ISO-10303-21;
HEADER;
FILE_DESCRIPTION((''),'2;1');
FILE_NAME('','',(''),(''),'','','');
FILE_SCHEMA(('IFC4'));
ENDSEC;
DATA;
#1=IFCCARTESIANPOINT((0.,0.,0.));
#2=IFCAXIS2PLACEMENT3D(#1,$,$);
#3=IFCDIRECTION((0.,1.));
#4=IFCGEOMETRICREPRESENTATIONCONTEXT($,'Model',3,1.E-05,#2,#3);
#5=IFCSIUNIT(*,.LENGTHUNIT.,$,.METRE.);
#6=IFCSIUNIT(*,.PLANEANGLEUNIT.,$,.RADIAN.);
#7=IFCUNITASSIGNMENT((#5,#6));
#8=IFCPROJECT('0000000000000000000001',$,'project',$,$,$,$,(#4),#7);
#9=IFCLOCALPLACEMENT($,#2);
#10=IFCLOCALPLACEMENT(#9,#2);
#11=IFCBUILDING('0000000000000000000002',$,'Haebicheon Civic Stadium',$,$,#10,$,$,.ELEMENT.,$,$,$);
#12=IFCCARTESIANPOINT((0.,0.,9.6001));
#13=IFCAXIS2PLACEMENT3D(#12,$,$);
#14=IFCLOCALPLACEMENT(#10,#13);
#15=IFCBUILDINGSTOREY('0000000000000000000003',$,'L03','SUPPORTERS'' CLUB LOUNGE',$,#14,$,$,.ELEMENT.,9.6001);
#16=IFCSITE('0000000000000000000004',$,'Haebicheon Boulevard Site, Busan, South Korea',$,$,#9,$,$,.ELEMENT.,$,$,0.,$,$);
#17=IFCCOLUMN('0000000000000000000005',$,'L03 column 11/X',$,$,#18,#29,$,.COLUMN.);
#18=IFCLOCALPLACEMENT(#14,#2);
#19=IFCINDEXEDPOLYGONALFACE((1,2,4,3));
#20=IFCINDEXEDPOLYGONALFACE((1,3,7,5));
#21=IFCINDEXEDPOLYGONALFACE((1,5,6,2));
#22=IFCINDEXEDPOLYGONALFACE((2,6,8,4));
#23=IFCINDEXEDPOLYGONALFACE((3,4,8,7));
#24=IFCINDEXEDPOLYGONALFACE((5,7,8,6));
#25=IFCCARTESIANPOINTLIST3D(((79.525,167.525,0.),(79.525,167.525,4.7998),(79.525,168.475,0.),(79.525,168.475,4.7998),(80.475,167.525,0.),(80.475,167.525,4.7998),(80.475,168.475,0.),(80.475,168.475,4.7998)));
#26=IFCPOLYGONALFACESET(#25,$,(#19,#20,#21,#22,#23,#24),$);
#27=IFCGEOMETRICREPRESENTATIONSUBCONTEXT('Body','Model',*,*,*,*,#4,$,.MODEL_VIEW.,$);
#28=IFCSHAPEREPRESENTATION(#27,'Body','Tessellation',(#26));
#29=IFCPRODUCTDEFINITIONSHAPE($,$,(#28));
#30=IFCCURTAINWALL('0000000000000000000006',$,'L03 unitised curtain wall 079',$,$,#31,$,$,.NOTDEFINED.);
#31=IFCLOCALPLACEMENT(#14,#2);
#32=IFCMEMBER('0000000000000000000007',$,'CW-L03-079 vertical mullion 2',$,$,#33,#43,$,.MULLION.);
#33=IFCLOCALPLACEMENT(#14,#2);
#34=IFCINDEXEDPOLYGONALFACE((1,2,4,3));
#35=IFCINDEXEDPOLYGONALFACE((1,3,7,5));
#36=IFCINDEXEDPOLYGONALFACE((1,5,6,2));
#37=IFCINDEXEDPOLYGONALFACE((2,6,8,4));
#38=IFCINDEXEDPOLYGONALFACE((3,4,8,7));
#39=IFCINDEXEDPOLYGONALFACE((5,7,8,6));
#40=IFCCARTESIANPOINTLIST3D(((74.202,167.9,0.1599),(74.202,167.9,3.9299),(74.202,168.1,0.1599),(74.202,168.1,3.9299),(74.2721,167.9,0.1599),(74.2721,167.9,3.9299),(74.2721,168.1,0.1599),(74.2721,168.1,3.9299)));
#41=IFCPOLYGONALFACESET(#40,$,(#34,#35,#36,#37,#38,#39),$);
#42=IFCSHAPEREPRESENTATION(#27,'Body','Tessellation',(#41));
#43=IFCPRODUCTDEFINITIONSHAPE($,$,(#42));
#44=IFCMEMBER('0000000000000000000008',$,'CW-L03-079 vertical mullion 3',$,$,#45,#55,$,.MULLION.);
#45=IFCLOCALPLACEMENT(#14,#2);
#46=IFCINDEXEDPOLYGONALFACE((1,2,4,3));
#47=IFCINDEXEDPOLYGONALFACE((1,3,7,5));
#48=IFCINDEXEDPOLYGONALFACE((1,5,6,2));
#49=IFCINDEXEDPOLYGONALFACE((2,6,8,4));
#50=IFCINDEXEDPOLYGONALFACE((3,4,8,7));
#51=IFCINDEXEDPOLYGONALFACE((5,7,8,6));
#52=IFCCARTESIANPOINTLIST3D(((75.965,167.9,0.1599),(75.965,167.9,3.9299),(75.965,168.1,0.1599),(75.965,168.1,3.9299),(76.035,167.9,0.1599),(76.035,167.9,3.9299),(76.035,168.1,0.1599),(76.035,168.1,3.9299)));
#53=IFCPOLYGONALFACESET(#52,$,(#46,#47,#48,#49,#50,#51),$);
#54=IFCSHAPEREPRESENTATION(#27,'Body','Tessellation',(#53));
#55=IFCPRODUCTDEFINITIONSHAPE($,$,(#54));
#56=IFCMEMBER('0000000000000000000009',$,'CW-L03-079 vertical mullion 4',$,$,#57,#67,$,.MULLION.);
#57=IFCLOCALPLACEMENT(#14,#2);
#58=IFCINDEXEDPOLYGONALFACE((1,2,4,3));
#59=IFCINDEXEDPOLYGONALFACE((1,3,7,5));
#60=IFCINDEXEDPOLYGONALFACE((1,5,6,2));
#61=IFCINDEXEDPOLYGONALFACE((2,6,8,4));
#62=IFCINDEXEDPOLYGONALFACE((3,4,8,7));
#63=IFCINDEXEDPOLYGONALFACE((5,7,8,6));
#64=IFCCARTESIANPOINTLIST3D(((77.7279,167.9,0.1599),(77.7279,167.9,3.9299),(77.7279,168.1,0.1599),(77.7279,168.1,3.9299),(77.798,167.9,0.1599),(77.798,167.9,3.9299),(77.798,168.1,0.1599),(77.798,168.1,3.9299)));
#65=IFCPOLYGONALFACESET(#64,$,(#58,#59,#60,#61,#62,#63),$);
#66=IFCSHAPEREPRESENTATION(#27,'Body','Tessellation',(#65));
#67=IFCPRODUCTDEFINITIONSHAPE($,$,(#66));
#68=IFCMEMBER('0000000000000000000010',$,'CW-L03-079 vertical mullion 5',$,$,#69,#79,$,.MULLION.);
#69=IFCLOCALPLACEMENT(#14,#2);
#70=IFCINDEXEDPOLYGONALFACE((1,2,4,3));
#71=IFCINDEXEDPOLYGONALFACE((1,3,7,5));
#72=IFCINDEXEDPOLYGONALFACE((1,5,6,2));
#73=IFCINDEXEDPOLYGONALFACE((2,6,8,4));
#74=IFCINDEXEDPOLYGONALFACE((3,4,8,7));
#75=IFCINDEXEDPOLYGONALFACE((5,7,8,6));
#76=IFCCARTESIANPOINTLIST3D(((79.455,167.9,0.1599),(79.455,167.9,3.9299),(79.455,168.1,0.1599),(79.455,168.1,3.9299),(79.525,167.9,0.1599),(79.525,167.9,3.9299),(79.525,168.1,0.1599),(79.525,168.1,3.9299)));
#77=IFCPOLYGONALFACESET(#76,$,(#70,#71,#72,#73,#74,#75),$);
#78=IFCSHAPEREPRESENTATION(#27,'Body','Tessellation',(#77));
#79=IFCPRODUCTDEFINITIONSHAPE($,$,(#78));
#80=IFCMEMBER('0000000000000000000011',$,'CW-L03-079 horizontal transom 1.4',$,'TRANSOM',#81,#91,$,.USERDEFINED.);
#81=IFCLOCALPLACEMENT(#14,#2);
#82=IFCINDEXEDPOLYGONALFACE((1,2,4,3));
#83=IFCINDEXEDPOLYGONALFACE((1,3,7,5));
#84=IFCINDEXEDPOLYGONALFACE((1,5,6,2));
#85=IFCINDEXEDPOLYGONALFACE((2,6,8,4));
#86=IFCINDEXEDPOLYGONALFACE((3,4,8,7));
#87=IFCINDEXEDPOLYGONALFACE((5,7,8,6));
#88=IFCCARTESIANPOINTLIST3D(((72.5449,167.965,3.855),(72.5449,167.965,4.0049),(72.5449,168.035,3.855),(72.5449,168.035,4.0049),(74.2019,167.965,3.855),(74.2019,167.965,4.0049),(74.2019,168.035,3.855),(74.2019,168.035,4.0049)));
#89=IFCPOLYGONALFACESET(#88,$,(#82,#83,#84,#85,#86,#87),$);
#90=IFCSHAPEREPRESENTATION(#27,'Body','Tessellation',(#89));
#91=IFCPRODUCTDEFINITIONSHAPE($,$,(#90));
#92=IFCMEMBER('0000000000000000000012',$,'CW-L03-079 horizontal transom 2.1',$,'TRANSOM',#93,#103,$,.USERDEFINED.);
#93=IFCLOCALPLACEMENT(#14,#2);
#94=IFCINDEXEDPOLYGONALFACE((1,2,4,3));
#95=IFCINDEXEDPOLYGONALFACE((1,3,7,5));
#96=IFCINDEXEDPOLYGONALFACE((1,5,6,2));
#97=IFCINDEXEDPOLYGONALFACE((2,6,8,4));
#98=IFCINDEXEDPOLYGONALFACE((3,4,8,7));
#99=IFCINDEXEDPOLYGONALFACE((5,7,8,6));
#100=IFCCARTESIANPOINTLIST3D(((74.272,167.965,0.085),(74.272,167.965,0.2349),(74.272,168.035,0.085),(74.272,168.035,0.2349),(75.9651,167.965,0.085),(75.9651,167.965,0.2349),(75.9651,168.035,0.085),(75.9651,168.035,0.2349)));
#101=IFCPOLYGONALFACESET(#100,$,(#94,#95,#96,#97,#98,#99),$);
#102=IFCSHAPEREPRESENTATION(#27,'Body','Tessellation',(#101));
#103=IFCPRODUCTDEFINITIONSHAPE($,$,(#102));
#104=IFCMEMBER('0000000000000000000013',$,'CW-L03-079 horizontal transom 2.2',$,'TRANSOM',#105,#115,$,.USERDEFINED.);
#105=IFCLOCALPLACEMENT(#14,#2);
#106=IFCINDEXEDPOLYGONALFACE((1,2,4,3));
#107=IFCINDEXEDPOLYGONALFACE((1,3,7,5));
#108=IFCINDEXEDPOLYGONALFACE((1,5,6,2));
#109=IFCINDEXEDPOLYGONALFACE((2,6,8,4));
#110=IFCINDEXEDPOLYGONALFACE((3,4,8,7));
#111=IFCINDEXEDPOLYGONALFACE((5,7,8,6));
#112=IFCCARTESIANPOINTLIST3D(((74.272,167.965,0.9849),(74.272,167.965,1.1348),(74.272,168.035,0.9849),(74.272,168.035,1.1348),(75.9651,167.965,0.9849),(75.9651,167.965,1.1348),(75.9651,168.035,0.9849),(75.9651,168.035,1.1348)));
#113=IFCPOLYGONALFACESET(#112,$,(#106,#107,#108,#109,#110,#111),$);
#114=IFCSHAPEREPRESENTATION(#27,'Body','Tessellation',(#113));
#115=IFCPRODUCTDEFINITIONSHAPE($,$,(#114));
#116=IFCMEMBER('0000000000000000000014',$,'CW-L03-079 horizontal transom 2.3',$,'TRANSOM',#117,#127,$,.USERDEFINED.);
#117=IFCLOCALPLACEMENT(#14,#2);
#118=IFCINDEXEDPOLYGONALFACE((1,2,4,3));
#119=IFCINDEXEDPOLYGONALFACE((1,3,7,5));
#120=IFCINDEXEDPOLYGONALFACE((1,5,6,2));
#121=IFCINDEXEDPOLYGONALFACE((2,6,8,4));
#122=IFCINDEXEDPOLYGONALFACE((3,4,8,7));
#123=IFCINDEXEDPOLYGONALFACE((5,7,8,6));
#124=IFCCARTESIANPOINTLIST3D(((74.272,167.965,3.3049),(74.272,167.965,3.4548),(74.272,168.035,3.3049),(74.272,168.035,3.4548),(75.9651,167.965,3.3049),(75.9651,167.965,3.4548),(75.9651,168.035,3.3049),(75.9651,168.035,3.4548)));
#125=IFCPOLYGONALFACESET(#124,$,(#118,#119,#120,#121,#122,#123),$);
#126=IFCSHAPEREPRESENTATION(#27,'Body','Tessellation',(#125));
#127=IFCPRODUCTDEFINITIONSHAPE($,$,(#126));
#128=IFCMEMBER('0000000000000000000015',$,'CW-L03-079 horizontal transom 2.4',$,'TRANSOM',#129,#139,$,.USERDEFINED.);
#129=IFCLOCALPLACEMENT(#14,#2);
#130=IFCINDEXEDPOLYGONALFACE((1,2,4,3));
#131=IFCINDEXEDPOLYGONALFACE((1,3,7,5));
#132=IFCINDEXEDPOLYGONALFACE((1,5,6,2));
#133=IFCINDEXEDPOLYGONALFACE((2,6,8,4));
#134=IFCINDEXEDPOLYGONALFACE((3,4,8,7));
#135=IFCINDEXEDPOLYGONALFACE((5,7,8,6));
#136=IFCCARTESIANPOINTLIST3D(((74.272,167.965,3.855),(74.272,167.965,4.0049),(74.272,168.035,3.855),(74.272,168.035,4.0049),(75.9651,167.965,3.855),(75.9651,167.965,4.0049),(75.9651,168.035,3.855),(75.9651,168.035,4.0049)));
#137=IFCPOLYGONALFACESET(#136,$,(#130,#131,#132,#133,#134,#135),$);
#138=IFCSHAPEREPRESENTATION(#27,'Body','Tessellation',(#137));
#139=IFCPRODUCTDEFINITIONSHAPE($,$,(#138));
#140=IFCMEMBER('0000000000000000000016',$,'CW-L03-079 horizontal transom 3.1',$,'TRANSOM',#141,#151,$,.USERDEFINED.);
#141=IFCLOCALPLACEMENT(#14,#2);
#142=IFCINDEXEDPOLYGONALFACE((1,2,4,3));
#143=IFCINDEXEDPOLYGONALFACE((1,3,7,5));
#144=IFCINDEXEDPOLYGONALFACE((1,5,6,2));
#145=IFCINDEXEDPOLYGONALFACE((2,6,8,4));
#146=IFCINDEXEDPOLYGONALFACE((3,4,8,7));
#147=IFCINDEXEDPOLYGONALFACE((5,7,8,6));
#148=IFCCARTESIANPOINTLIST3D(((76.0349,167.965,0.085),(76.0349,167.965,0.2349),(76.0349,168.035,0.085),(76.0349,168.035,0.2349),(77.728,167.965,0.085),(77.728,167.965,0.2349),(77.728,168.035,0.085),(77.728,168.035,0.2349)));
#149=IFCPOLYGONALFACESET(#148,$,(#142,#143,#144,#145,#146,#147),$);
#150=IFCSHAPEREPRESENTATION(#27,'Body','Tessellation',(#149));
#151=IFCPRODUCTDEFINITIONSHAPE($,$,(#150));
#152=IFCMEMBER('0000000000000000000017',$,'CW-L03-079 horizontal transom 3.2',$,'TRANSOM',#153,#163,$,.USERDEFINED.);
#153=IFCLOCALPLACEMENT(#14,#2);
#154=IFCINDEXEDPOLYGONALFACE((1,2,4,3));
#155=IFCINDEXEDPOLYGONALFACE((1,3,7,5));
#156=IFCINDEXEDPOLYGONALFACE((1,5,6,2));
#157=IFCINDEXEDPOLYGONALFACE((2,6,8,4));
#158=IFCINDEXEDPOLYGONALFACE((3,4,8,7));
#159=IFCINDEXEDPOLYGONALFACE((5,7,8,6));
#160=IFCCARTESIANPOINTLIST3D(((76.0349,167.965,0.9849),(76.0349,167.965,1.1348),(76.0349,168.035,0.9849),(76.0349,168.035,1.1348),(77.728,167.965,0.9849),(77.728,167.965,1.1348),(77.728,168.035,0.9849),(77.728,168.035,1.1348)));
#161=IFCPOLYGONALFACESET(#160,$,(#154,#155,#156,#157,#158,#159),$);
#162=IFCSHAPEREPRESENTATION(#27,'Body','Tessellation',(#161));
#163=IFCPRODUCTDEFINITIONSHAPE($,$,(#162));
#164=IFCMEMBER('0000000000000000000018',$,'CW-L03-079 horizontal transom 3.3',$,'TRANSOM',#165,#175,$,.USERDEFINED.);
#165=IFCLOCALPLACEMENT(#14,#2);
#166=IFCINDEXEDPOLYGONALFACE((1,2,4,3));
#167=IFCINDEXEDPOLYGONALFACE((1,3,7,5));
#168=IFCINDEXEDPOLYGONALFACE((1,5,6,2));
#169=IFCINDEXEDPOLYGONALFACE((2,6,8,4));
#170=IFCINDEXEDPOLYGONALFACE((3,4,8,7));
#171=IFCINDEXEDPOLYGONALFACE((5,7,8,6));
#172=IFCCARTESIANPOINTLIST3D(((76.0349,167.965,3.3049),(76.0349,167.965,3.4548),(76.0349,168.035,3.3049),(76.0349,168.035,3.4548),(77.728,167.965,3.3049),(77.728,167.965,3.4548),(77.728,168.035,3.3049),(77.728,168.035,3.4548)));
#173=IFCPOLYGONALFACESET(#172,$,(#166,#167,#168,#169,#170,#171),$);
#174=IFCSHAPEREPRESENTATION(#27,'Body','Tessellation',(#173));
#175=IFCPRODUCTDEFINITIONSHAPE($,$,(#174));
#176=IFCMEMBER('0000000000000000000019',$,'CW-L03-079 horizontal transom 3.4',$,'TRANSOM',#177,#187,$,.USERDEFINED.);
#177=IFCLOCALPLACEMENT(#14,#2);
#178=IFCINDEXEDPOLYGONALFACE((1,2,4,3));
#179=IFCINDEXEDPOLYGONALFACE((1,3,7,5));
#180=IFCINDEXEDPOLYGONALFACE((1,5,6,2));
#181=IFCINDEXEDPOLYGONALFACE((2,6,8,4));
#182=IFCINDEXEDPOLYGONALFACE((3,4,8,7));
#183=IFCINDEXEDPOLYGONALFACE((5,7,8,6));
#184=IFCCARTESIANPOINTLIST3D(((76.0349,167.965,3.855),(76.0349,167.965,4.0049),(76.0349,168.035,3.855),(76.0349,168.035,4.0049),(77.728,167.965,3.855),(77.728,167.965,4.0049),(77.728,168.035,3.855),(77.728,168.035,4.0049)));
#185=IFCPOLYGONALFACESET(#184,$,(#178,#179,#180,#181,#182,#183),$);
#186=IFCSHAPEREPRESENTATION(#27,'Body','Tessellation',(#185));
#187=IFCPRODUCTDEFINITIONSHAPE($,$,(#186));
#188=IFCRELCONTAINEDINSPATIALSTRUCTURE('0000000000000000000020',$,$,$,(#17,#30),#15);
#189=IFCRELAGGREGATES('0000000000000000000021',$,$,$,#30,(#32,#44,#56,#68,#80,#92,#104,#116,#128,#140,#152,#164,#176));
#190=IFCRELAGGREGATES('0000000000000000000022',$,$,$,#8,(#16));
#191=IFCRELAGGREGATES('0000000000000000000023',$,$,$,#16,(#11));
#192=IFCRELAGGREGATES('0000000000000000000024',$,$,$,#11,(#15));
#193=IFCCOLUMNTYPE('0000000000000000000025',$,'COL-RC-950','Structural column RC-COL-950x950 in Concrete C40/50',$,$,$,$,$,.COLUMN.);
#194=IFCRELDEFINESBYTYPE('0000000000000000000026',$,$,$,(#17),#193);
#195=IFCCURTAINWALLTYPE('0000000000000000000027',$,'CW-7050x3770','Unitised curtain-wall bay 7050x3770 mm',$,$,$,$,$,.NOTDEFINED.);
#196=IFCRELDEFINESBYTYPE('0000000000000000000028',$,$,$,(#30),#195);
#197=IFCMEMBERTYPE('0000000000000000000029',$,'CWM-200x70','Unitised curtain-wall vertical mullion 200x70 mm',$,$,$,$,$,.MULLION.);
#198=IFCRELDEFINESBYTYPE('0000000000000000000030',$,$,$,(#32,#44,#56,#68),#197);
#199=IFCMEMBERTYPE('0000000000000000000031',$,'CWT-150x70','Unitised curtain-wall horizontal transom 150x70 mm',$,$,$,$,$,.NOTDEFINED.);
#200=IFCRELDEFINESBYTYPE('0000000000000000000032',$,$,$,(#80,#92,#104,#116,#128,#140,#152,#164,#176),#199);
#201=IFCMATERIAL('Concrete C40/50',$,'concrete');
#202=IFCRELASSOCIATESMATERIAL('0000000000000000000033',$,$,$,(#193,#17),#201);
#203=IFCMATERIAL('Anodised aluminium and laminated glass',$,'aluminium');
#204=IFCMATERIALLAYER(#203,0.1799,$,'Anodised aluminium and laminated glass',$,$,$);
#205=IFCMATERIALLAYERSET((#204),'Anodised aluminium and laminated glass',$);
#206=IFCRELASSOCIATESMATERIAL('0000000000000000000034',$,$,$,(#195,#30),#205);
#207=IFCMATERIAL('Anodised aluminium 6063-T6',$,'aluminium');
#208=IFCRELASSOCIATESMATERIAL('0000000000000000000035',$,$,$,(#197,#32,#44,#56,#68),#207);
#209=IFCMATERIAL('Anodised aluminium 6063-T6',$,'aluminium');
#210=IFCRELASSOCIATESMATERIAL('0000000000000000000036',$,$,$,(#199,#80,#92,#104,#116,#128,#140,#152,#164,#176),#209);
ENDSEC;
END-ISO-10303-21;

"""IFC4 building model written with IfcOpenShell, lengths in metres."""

from ifc_helpers import new_model, si_unit, direction, frame, origin, origin_2d, place, context, subcontext, project, spatial, rectangle, extrude, material, layer, layer_set, material_profile, profile_set, type_object, element, aggregate, save


model = new_model("IFC4")

# Units and contexts
model_context = context("Model", 3, precision=1e-05, world=origin(), true_north=direction((0.0, 1.0)))
body_context = subcontext(model_context, "Body", "Model", "MODEL_VIEW")
ifc_project = project(units=[si_unit("LENGTHUNIT", "METRE"), si_unit("PLANEANGLEUNIT", "RADIAN")], contexts=[model_context])

# Site, building, storey
site_placement = place(None, origin())
site = spatial("IfcSite", under=ifc_project, at=site_placement, Name="Haebicheon Boulevard Site, Busan, South Korea", CompositionType="ELEMENT", RefElevation=0.0)
building_placement = place(site_placement, origin())
building = spatial("IfcBuilding", under=site, at=building_placement, Name="Haebicheon Civic Stadium", CompositionType="ELEMENT")
storey_placement = place(building_placement, frame((0.0, 0.0, 9.6001)))
storey = spatial("IfcBuildingStorey", under=building, at=storey_placement, Name="L03", Description="SUPPORTERS' CLUB LOUNGE", CompositionType="ELEMENT", Elevation=9.6001)

# Column
ifc_material_1 = material(Name="Concrete C40/50", Category="concrete")
ifc_material_profile_1 = material_profile(ifc_material_1, rectangle(XDim=0.95, YDim=0.95, at=origin_2d()), Name="RC-COL-950x950")
ifc_profile_set_1 = profile_set([ifc_material_profile_1], Name="Concrete C40/50")
column_type = type_object("IfcColumnType", Name="COL-RC-950", Description="Structural column RC-COL-950x950 in Concrete C40/50", PredefinedType="COLUMN", material=ifc_profile_set_1)
column_placement = place(storey_placement, frame((80.0, 168.0, 0.0), z_axis=(0.0, 0.0, 1.0), x_axis=(1.0, 0.0, 0.0)))
element("IfcColumn", 1, at=column_placement, inside=storey, type_object=column_type, material=ifc_profile_set_1, Name="L03 column 11/X", PredefinedType="COLUMN", context=body_context, shape_type="SweptSolid", body=[
    extrude(rectangle(XDim=0.95, YDim=0.95, at=origin_2d()), origin(), (0.0, 0.0, 1.0), 4.7998),
])

# Curtain wall, members
ifc_material_2 = material(Name="Anodised aluminium and laminated glass", Category="aluminium")
ifc_layer_1 = layer(ifc_material_2, 0.1799, Name="Anodised aluminium and laminated glass")
ifc_layer_set_1 = layer_set([ifc_layer_1], Name="Anodised aluminium and laminated glass")
curtain_wall_type = type_object("IfcCurtainWallType", Name="CW-7050x3770", Description="Unitised curtain-wall bay 7050x3770 mm", PredefinedType="NOTDEFINED", material=ifc_layer_set_1)
curtain_wall_placement = place(storey_placement, origin())
curtain_wall = element("IfcCurtainWall", 2, at=curtain_wall_placement, inside=storey, type_object=curtain_wall_type, material=ifc_layer_set_1, Name="L03 unitised curtain wall 079", PredefinedType="NOTDEFINED")
ifc_material_3 = material(Name="Anodised aluminium 6063-T6", Category="aluminium")
ifc_material_profile_2 = material_profile(ifc_material_3, rectangle(XDim=0.0701, YDim=0.2, at=origin_2d()), Name="ALU-MULL-70x200")
ifc_profile_set_2 = profile_set([ifc_material_profile_2], Name="Anodised aluminium 6063-T6")
member_type_1 = type_object("IfcMemberType", Name="CWM-200x70", Description="Unitised curtain-wall vertical mullion 200x70 mm", PredefinedType="MULLION", material=ifc_profile_set_2)
member_1_placement = place(storey_placement, frame((74.2371, 168.0, 0.1599), z_axis=(0.0, 0.0, 1.0), x_axis=(1.0, 0.0, 0.0)))
member_1 = element("IfcMember", 3, at=member_1_placement, type_object=member_type_1, material=ifc_profile_set_2, Name="CW-L03-079 vertical mullion 2", PredefinedType="MULLION", context=body_context, shape_type="SweptSolid", body=[
    extrude(rectangle(XDim=0.0701, YDim=0.2, at=origin_2d()), origin(), (0.0, 0.0, 1.0), 3.77),
])
member_2_placement = place(storey_placement, frame((76.0, 168.0, 0.1599), z_axis=(0.0, 0.0, 1.0), x_axis=(1.0, 0.0, 0.0)))
member_2 = element("IfcMember", 4, at=member_2_placement, type_object=member_type_1, material=ifc_profile_set_2, Name="CW-L03-079 vertical mullion 3", PredefinedType="MULLION", context=body_context, shape_type="SweptSolid", body=[
    extrude(rectangle(XDim=0.0701, YDim=0.2, at=origin_2d()), origin(), (0.0, 0.0, 1.0), 3.77),
])
member_3_placement = place(storey_placement, frame((77.7629, 168.0, 0.1599), z_axis=(0.0, 0.0, 1.0), x_axis=(1.0, 0.0, 0.0)))
member_3 = element("IfcMember", 5, at=member_3_placement, type_object=member_type_1, material=ifc_profile_set_2, Name="CW-L03-079 vertical mullion 4", PredefinedType="MULLION", context=body_context, shape_type="SweptSolid", body=[
    extrude(rectangle(XDim=0.0701, YDim=0.2, at=origin_2d()), origin(), (0.0, 0.0, 1.0), 3.77),
])
member_4_placement = place(storey_placement, frame((79.49, 168.0, 0.1599), z_axis=(0.0, 0.0, 1.0), x_axis=(1.0, 0.0, 0.0)))
member_4 = element("IfcMember", 6, at=member_4_placement, type_object=member_type_1, material=ifc_profile_set_2, Name="CW-L03-079 vertical mullion 5", PredefinedType="MULLION", context=body_context, shape_type="SweptSolid", body=[
    extrude(rectangle(XDim=0.0701, YDim=0.2, at=origin_2d()), origin(), (0.0, 0.0, 1.0), 3.77),
])
ifc_material_4 = material(Name="Anodised aluminium 6063-T6", Category="aluminium")
ifc_material_profile_3 = material_profile(ifc_material_4, rectangle(XDim=0.0701, YDim=0.1499, at=origin_2d()), Name="ALU-TRAN-70x150")
ifc_profile_set_3 = profile_set([ifc_material_profile_3], Name="Anodised aluminium 6063-T6")
member_type_2 = type_object("IfcMemberType", Name="CWT-150x70", Description="Unitised curtain-wall horizontal transom 150x70 mm", PredefinedType="NOTDEFINED", material=ifc_profile_set_3)
member_5_placement = place(storey_placement, frame((72.5449, 168.0, 3.9299), z_axis=(1.0, 0.0, 0.0), x_axis=(0.0, 1.0, 0.0)))
member_5 = element("IfcMember", 7, at=member_5_placement, type_object=member_type_2, material=ifc_profile_set_3, Name="CW-L03-079 horizontal transom 1.4", ObjectType="TRANSOM", PredefinedType="USERDEFINED", context=body_context, shape_type="SweptSolid", body=[
    extrude(rectangle(XDim=0.0701, YDim=0.1499, at=origin_2d()), origin(), (0.0, 0.0, 1.0), 1.657),
])
member_6_placement = place(storey_placement, frame((74.272, 168.0, 0.1599), z_axis=(1.0, 0.0, 0.0), x_axis=(0.0, 1.0, 0.0)))
member_6 = element("IfcMember", 8, at=member_6_placement, type_object=member_type_2, material=ifc_profile_set_3, Name="CW-L03-079 horizontal transom 2.1", ObjectType="TRANSOM", PredefinedType="USERDEFINED", context=body_context, shape_type="SweptSolid", body=[
    extrude(rectangle(XDim=0.0701, YDim=0.1499, at=origin_2d()), origin(), (0.0, 0.0, 1.0), 1.6931),
])
member_7_placement = place(storey_placement, frame((74.272, 168.0, 1.0598), z_axis=(1.0, 0.0, 0.0), x_axis=(0.0, 1.0, 0.0)))
member_7 = element("IfcMember", 9, at=member_7_placement, type_object=member_type_2, material=ifc_profile_set_3, Name="CW-L03-079 horizontal transom 2.2", ObjectType="TRANSOM", PredefinedType="USERDEFINED", context=body_context, shape_type="SweptSolid", body=[
    extrude(rectangle(XDim=0.0701, YDim=0.1499, at=origin_2d()), origin(), (0.0, 0.0, 1.0), 1.6931),
])
member_8_placement = place(storey_placement, frame((74.272, 168.0, 3.3799), z_axis=(1.0, 0.0, 0.0), x_axis=(0.0, 1.0, 0.0)))
member_8 = element("IfcMember", 10, at=member_8_placement, type_object=member_type_2, material=ifc_profile_set_3, Name="CW-L03-079 horizontal transom 2.3", ObjectType="TRANSOM", PredefinedType="USERDEFINED", context=body_context, shape_type="SweptSolid", body=[
    extrude(rectangle(XDim=0.0701, YDim=0.1499, at=origin_2d()), origin(), (0.0, 0.0, 1.0), 1.6931),
])
member_9_placement = place(storey_placement, frame((74.272, 168.0, 3.9299), z_axis=(1.0, 0.0, 0.0), x_axis=(0.0, 1.0, 0.0)))
member_9 = element("IfcMember", 11, at=member_9_placement, type_object=member_type_2, material=ifc_profile_set_3, Name="CW-L03-079 horizontal transom 2.4", ObjectType="TRANSOM", PredefinedType="USERDEFINED", context=body_context, shape_type="SweptSolid", body=[
    extrude(rectangle(XDim=0.0701, YDim=0.1499, at=origin_2d()), origin(), (0.0, 0.0, 1.0), 1.6931),
])
member_10_placement = place(storey_placement, frame((76.0349, 168.0, 0.1599), z_axis=(1.0, 0.0, 0.0), x_axis=(0.0, 1.0, 0.0)))
member_10 = element("IfcMember", 12, at=member_10_placement, type_object=member_type_2, material=ifc_profile_set_3, Name="CW-L03-079 horizontal transom 3.1", ObjectType="TRANSOM", PredefinedType="USERDEFINED", context=body_context, shape_type="SweptSolid", body=[
    extrude(rectangle(XDim=0.0701, YDim=0.1499, at=origin_2d()), origin(), (0.0, 0.0, 1.0), 1.6931),
])
member_11_placement = place(storey_placement, frame((76.0349, 168.0, 1.0598), z_axis=(1.0, 0.0, 0.0), x_axis=(0.0, 1.0, 0.0)))
member_11 = element("IfcMember", 13, at=member_11_placement, type_object=member_type_2, material=ifc_profile_set_3, Name="CW-L03-079 horizontal transom 3.2", ObjectType="TRANSOM", PredefinedType="USERDEFINED", context=body_context, shape_type="SweptSolid", body=[
    extrude(rectangle(XDim=0.0701, YDim=0.1499, at=origin_2d()), origin(), (0.0, 0.0, 1.0), 1.6931),
])
member_12_placement = place(storey_placement, frame((76.0349, 168.0, 3.3799), z_axis=(1.0, 0.0, 0.0), x_axis=(0.0, 1.0, 0.0)))
member_12 = element("IfcMember", 14, at=member_12_placement, type_object=member_type_2, material=ifc_profile_set_3, Name="CW-L03-079 horizontal transom 3.3", ObjectType="TRANSOM", PredefinedType="USERDEFINED", context=body_context, shape_type="SweptSolid", body=[
    extrude(rectangle(XDim=0.0701, YDim=0.1499, at=origin_2d()), origin(), (0.0, 0.0, 1.0), 1.6931),
])
member_13_placement = place(storey_placement, frame((76.0349, 168.0, 3.9299), z_axis=(1.0, 0.0, 0.0), x_axis=(0.0, 1.0, 0.0)))
member_13 = element("IfcMember", 15, at=member_13_placement, type_object=member_type_2, material=ifc_profile_set_3, Name="CW-L03-079 horizontal transom 3.4", ObjectType="TRANSOM", PredefinedType="USERDEFINED", context=body_context, shape_type="SweptSolid", body=[
    extrude(rectangle(XDim=0.0701, YDim=0.1499, at=origin_2d()), origin(), (0.0, 0.0, 1.0), 1.6931),
])

aggregate(curtain_wall, [member_1, member_2, member_3, member_4, member_5, member_6, member_7, member_8, member_9, member_10, member_11, member_12, member_13])

save(model, "model.ifc")
